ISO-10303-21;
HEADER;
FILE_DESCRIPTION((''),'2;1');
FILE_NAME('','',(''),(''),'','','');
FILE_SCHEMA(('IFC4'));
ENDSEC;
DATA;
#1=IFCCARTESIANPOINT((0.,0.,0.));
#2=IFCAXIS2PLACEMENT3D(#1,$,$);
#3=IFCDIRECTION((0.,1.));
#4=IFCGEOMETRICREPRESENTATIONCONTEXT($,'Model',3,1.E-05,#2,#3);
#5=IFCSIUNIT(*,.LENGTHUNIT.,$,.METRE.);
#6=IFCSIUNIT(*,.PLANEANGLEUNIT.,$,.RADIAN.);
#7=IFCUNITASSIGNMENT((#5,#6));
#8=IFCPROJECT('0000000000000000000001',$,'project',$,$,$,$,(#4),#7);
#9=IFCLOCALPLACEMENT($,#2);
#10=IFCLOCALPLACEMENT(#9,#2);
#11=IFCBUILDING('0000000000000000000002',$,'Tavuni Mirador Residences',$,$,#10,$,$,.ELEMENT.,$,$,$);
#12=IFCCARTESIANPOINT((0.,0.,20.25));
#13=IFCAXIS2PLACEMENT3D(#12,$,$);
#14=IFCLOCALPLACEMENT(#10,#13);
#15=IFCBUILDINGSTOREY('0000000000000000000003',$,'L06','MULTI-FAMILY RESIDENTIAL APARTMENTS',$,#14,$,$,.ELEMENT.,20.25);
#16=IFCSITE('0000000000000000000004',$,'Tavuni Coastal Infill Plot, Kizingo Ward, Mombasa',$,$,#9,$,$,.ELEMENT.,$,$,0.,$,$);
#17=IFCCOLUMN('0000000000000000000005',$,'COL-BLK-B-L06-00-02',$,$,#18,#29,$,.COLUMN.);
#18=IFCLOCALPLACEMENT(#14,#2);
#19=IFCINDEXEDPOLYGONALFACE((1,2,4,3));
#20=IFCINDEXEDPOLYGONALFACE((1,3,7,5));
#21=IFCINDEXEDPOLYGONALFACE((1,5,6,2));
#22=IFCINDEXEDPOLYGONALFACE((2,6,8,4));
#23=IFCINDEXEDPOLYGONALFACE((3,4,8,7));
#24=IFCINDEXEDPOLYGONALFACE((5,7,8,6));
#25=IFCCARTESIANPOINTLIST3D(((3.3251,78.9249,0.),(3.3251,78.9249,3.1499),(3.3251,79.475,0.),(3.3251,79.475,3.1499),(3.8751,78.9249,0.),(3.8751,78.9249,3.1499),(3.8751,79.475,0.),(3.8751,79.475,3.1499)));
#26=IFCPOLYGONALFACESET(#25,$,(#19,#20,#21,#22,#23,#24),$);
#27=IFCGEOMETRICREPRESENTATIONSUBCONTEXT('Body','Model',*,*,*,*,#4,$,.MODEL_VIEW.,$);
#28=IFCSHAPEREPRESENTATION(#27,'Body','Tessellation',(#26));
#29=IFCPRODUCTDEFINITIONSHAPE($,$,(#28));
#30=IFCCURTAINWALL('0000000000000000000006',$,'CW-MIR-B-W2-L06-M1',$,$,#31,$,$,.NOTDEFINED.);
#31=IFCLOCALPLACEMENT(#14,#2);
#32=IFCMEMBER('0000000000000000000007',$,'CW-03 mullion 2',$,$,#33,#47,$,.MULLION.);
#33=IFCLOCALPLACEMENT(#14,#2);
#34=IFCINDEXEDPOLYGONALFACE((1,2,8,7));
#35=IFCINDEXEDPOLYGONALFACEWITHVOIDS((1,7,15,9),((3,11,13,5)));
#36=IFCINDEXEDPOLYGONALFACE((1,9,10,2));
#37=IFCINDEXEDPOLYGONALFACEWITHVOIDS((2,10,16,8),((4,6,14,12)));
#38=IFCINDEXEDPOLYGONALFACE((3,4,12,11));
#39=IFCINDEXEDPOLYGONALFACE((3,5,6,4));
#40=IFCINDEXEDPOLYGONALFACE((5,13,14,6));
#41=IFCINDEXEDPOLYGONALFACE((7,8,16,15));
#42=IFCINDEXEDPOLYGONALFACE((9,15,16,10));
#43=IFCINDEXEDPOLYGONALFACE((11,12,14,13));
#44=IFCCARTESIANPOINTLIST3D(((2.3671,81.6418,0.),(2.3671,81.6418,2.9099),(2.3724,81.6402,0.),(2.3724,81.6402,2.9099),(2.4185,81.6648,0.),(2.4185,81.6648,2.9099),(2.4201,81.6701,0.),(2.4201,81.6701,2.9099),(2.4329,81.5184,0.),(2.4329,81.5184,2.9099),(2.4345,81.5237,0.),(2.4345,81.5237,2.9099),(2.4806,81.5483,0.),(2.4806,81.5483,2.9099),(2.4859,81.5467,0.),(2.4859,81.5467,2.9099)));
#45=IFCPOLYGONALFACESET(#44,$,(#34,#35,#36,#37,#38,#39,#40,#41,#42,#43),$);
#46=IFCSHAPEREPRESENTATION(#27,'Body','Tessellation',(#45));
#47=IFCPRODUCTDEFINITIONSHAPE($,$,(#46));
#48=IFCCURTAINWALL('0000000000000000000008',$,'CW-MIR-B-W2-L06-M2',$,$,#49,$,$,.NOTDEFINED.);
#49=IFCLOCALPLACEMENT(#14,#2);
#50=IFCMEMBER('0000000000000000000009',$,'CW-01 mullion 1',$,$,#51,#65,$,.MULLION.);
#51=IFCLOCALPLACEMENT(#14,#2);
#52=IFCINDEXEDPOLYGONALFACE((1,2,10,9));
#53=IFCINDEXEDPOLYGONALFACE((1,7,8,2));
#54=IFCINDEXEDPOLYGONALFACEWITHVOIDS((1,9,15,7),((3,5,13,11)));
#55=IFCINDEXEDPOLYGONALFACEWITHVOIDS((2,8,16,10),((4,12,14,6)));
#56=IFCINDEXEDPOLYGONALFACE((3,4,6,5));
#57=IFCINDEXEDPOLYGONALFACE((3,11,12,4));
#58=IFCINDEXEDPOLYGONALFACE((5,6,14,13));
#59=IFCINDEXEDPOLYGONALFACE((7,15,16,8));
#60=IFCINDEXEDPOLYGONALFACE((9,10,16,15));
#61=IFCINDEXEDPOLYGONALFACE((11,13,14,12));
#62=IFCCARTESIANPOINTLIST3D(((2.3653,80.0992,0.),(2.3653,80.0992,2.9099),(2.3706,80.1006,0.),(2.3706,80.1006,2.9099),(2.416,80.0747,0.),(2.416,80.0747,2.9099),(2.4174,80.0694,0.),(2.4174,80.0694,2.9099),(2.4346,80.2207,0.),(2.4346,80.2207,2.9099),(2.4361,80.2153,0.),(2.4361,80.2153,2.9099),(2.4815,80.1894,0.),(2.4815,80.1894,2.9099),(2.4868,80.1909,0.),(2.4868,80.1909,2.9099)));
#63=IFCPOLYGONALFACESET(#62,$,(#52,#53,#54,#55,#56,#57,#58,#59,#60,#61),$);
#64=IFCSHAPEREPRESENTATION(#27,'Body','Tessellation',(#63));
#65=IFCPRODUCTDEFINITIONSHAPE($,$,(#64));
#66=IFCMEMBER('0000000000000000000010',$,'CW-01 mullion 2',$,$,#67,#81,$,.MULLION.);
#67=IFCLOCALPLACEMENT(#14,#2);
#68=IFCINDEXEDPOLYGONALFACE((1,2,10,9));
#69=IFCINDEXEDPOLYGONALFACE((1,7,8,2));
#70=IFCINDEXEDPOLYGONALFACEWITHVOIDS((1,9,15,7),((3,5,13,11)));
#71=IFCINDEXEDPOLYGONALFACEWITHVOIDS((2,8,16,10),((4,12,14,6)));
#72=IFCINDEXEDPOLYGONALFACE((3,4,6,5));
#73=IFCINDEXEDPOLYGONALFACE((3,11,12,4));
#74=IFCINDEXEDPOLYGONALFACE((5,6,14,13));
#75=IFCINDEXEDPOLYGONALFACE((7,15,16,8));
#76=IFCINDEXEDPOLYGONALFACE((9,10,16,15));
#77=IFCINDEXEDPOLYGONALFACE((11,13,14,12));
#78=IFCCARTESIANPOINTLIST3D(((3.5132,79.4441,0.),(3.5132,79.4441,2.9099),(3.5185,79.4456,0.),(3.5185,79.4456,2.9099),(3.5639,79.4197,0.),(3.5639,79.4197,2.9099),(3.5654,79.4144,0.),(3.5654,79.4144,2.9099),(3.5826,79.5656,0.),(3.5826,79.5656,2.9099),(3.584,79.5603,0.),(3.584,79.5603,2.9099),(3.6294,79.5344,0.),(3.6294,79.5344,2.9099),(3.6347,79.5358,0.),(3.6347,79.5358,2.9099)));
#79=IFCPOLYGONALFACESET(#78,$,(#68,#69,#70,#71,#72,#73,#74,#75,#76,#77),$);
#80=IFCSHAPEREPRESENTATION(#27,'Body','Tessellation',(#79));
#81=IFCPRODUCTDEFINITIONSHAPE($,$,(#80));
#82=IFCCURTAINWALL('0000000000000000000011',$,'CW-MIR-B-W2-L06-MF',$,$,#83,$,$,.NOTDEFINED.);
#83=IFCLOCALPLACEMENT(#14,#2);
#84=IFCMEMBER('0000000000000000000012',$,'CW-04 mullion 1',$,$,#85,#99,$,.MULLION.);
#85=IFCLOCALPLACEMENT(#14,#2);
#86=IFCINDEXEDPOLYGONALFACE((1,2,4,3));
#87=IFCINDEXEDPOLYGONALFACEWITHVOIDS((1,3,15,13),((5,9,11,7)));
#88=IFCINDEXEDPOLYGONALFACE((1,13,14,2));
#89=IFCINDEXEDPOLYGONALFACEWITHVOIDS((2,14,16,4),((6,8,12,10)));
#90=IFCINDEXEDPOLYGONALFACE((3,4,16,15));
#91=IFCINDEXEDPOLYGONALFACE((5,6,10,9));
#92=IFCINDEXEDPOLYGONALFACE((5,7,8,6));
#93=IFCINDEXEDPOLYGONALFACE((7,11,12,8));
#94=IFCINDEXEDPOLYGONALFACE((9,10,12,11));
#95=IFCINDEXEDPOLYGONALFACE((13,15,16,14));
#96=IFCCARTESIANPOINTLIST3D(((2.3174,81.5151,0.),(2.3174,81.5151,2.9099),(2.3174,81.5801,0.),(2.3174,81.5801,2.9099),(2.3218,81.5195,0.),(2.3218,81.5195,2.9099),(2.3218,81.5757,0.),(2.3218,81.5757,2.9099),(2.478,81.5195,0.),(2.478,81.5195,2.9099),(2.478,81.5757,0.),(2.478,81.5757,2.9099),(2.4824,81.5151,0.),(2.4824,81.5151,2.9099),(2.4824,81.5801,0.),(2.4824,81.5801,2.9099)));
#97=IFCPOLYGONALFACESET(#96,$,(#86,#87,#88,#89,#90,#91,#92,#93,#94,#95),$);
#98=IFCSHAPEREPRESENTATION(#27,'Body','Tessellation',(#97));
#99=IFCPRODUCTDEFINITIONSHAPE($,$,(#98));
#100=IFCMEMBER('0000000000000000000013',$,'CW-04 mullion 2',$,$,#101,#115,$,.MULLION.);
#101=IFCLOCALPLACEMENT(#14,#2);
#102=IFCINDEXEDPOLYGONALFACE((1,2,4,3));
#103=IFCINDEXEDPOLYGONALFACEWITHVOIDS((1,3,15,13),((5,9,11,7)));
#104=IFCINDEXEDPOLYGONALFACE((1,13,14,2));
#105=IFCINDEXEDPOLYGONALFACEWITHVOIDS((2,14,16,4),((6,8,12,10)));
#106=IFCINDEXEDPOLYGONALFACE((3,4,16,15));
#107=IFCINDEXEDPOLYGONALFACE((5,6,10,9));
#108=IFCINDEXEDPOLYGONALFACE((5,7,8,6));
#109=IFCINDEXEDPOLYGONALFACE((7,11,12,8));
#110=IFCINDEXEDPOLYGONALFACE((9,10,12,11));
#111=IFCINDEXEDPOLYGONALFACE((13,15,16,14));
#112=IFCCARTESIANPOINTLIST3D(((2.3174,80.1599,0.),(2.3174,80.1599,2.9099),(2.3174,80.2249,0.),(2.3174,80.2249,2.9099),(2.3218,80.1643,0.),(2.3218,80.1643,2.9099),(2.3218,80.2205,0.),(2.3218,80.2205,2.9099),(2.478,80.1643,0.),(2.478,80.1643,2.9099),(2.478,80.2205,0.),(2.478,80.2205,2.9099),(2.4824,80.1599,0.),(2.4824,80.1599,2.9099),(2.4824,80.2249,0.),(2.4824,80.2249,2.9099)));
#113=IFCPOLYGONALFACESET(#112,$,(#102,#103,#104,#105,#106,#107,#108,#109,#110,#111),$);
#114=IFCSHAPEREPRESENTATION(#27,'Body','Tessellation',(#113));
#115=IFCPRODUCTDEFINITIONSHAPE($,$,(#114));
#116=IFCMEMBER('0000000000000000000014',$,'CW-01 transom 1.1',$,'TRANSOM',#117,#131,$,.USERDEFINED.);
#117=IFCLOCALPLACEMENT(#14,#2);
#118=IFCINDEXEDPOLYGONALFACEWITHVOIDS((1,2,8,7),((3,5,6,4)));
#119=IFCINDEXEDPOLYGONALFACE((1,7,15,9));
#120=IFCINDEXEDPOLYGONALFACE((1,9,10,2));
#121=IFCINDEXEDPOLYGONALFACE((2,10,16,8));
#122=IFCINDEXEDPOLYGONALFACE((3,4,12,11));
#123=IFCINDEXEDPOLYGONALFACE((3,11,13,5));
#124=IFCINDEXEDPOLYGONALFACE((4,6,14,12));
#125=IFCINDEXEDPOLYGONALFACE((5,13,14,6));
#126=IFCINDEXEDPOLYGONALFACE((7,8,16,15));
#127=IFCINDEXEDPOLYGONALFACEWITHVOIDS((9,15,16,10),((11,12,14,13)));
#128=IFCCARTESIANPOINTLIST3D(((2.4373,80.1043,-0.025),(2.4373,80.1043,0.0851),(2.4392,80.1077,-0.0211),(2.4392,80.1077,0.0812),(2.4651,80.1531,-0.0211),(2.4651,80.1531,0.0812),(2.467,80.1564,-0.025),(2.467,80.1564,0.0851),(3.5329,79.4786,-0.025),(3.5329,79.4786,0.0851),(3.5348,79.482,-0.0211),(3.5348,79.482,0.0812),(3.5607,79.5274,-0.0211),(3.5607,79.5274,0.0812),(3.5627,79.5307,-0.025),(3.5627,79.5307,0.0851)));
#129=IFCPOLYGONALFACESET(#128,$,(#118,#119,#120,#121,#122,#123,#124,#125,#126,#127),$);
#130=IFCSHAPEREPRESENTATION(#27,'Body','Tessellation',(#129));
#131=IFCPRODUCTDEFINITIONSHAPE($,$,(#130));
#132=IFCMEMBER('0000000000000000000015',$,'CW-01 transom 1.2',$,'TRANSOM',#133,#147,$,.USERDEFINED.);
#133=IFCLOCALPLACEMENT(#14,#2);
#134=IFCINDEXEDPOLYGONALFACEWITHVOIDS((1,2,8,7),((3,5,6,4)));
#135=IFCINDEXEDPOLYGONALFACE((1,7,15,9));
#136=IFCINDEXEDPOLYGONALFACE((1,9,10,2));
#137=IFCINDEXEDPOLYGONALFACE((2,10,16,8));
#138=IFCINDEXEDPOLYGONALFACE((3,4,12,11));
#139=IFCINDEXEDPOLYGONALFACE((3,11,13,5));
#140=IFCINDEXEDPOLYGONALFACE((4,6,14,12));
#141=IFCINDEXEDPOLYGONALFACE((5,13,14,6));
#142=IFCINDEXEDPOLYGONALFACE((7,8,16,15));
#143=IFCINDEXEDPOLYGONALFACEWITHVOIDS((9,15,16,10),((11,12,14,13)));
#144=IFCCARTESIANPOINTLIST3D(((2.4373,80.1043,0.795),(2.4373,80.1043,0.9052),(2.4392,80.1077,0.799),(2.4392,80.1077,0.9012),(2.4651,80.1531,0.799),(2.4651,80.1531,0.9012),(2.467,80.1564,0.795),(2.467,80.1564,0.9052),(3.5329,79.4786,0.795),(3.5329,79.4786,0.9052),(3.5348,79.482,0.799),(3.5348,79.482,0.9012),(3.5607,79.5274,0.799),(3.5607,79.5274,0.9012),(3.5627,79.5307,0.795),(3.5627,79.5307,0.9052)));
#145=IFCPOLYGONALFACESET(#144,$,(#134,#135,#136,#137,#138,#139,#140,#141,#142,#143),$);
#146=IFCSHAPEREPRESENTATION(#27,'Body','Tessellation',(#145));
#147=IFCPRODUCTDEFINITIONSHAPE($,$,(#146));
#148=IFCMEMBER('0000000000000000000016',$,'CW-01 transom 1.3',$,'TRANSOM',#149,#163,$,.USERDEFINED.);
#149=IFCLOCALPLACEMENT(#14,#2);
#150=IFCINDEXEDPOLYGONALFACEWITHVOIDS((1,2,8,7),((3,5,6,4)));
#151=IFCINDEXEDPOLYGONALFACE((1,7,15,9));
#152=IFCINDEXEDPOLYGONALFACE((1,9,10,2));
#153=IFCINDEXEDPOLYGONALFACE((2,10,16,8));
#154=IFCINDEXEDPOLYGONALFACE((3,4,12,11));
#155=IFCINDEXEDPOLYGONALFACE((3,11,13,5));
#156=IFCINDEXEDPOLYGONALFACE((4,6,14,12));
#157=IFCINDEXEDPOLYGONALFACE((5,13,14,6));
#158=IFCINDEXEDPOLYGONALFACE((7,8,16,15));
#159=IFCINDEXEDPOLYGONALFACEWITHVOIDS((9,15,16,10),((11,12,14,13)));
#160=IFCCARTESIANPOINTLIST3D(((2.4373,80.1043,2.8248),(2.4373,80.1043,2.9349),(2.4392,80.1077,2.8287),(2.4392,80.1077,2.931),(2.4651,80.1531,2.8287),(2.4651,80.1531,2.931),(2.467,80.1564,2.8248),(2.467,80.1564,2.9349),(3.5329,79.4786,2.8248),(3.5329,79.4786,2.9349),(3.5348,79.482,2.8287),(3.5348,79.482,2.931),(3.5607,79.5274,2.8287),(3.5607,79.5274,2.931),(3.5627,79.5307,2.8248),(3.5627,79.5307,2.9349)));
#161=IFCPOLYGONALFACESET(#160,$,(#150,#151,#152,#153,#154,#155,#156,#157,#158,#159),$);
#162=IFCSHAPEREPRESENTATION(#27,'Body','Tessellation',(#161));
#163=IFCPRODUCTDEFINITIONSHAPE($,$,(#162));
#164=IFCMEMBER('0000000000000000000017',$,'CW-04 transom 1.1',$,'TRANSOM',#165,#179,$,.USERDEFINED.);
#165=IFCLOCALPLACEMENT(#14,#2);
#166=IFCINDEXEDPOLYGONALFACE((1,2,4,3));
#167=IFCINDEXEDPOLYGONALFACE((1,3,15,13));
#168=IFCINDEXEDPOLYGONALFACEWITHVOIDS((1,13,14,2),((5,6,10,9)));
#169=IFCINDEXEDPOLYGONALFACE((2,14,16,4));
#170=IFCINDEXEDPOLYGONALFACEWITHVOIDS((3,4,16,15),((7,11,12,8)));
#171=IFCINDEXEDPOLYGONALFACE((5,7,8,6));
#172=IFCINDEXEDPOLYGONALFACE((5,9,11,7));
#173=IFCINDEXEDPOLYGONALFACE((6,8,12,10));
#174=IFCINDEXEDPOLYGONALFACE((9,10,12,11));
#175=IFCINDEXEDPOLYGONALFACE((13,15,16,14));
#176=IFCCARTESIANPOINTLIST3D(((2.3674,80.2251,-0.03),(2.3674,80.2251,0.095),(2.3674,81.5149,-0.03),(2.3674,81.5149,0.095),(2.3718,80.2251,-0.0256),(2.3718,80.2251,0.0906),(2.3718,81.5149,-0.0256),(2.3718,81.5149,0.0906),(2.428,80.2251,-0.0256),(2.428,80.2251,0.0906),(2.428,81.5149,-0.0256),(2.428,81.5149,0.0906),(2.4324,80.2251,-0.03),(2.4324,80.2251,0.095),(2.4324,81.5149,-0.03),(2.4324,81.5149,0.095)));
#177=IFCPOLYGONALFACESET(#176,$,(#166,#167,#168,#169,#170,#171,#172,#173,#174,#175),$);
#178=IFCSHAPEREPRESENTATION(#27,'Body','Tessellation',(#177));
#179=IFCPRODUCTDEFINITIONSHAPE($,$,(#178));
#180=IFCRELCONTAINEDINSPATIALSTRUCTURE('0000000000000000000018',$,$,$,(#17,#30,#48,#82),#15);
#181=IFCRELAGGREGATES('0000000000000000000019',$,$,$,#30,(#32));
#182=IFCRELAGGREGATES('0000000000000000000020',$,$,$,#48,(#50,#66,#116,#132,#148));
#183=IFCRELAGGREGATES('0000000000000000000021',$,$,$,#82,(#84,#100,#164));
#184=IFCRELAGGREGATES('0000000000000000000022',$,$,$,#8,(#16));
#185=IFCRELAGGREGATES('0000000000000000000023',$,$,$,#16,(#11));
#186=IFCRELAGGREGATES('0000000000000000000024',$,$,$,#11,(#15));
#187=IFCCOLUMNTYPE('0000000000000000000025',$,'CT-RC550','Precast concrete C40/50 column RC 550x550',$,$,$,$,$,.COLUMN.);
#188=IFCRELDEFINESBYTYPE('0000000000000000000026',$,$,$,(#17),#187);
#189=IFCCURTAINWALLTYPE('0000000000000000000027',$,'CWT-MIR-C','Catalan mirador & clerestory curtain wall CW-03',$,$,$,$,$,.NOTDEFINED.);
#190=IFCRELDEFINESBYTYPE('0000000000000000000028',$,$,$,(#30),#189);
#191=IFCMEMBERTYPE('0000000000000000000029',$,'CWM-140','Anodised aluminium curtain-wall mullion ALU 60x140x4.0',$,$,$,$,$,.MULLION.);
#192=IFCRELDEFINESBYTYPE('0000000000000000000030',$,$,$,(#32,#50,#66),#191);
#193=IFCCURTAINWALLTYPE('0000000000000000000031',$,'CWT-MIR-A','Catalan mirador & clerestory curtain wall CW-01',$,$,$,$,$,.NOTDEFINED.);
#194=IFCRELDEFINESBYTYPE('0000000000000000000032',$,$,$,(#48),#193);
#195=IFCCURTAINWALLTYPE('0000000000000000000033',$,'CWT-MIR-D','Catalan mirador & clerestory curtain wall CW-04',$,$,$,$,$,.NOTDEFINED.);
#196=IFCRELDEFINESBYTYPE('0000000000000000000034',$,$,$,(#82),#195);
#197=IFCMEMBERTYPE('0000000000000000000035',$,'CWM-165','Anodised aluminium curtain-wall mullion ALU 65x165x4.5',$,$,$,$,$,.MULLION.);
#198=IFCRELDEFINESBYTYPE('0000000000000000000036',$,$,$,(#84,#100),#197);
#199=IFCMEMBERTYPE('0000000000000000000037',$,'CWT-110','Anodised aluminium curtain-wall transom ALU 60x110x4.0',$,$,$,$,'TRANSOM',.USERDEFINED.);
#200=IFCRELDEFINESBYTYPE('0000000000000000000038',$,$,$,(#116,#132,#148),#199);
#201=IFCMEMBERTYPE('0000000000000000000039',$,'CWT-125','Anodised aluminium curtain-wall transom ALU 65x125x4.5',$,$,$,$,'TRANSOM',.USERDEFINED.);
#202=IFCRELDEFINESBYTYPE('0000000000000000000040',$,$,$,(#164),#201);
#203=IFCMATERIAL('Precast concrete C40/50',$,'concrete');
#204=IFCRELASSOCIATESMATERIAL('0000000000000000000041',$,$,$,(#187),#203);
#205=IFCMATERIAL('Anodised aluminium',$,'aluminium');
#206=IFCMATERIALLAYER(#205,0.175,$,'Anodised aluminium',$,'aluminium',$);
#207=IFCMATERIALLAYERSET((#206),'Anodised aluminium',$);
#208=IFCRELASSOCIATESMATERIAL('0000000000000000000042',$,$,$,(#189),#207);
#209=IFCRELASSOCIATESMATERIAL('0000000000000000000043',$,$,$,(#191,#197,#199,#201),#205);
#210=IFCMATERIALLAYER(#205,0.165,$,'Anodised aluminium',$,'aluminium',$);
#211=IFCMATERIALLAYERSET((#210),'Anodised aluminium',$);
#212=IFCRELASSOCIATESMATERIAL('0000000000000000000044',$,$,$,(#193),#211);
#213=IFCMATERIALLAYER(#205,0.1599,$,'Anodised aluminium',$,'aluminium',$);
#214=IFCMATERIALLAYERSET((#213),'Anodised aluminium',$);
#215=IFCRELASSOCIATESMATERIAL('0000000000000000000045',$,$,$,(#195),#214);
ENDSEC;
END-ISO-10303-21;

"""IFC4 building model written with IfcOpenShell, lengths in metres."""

from ifc_helpers import new_model, si_unit, direction, frame, origin, origin_2d, place, context, subcontext, project, spatial, rectangle, hollow_rectangle, extrude, material, layer, layer_set, material_profile, profile_set, type_object, element, aggregate, save


model = new_model("IFC4")

# Units and contexts
model_context = context("Model", 3, precision=1e-05, world=origin(), true_north=direction((0.0, 1.0)))
body_context = subcontext(model_context, "Body", "Model", "MODEL_VIEW")
ifc_project = project(units=[si_unit("LENGTHUNIT", "METRE"), si_unit("PLANEANGLEUNIT", "RADIAN")], contexts=[model_context])

# Site, building, storey
site_placement = place(None, origin())
site = spatial("IfcSite", under=ifc_project, at=site_placement, Name="Tavuni Coastal Infill Plot, Kizingo Ward, Mombasa", CompositionType="ELEMENT", RefElevation=0.0)
building_placement = place(site_placement, origin())
building = spatial("IfcBuilding", under=site, at=building_placement, Name="Tavuni Mirador Residences", CompositionType="ELEMENT")
storey_placement = place(building_placement, frame((0.0, 0.0, 20.25)))
storey = spatial("IfcBuildingStorey", under=building, at=storey_placement, Name="L06", Description="MULTI-FAMILY RESIDENTIAL APARTMENTS", CompositionType="ELEMENT", Elevation=20.25)

# Column
ifc_material_1 = material(Name="Precast concrete C40/50", Category="concrete")
ifc_material_profile_1 = material_profile(ifc_material_1, rectangle(XDim=0.55, YDim=0.55, at=origin_2d()), Name="RC 550x550", Category="concrete")
ifc_profile_set_1 = profile_set([ifc_material_profile_1], Name="Precast concrete C40/50")
column_type = type_object("IfcColumnType", Name="CT-RC550", Description="Precast concrete C40/50 column RC 550x550", PredefinedType="COLUMN", material=ifc_profile_set_1)
column_placement = place(storey_placement, frame((3.6001, 79.2, 0.0), z_axis=(0.0, 0.0, 1.0), x_axis=(1.0, 0.0, 0.0)))
element("IfcColumn", 1, at=column_placement, inside=storey, type_object=column_type, Name="COL-BLK-B-L06-00-02", PredefinedType="COLUMN", context=body_context, shape_type="SweptSolid", body=[
    extrude(rectangle(XDim=0.55, YDim=0.55, at=origin_2d()), origin(), (0.0, 0.0, 1.0), 3.1499),
])

# Curtain wall, member
ifc_material_2 = material(Name="Anodised aluminium", Category="aluminium")
ifc_layer_1 = layer(ifc_material_2, 0.175, Name="Anodised aluminium", Category="aluminium")
ifc_layer_set_1 = layer_set([ifc_layer_1], Name="Anodised aluminium")
curtain_wall_type_1 = type_object("IfcCurtainWallType", Name="CWT-MIR-C", Description="Catalan mirador & clerestory curtain wall CW-03", PredefinedType="NOTDEFINED", material=ifc_layer_set_1)
curtain_wall_1_placement = place(storey_placement, origin())
curtain_wall_1 = element("IfcCurtainWall", 2, at=curtain_wall_1_placement, inside=storey, type_object=curtain_wall_type_1, Name="CW-MIR-B-W2-L06-M1", PredefinedType="NOTDEFINED")
ifc_material_profile_2 = material_profile(ifc_material_2, hollow_rectangle(XDim=0.0601, YDim=0.1399, WallThickness=0.0039, at=origin_2d()), Name="ALU 60x140x4.0", Category="aluminium")
ifc_profile_set_2 = profile_set([ifc_material_profile_2], Name="Anodised aluminium")
member_type_1 = type_object("IfcMemberType", Name="CWM-140", Description="Anodised aluminium curtain-wall mullion ALU 60x140x4.0", PredefinedType="MULLION", material=ifc_profile_set_2)
member_1_placement = place(storey_placement, frame((2.4265, 81.5942, 0.0), z_axis=(0.0, 0.0, 1.0), x_axis=(-0.882353, -0.470588, 0.0)))
member_1 = element("IfcMember", 3, at=member_1_placement, type_object=member_type_1, Name="CW-03 mullion 2", PredefinedType="MULLION", context=body_context, shape_type="SweptSolid", body=[
    extrude(hollow_rectangle(XDim=0.0601, YDim=0.1399, WallThickness=0.0039, at=origin_2d()), origin(), (0.0, 0.0, 1.0), 2.9099),
])

# Curtain walls, members
ifc_layer_2 = layer(ifc_material_2, 0.165, Name="Anodised aluminium", Category="aluminium")
ifc_layer_set_2 = layer_set([ifc_layer_2], Name="Anodised aluminium")
curtain_wall_type_2 = type_object("IfcCurtainWallType", Name="CWT-MIR-A", Description="Catalan mirador & clerestory curtain wall CW-01", PredefinedType="NOTDEFINED", material=ifc_layer_set_2)
curtain_wall_2_placement = place(storey_placement, origin())
curtain_wall_2 = element("IfcCurtainWall", 4, at=curtain_wall_2_placement, inside=storey, type_object=curtain_wall_type_2, Name="CW-MIR-B-W2-L06-M2", PredefinedType="NOTDEFINED")
member_2_placement = place(storey_placement, frame((2.426, 80.145, 0.0), z_axis=(0.0, 0.0, 1.0), x_axis=(0.868466, -0.495749, 0.0)))
member_2 = element("IfcMember", 5, at=member_2_placement, type_object=member_type_1, Name="CW-01 mullion 1", PredefinedType="MULLION", context=body_context, shape_type="SweptSolid", body=[
    extrude(hollow_rectangle(XDim=0.0601, YDim=0.1399, WallThickness=0.0039, at=origin_2d()), origin(), (0.0, 0.0, 1.0), 2.9099),
])
member_3_placement = place(storey_placement, frame((3.574, 79.49, 0.0), z_axis=(0.0, 0.0, 1.0), x_axis=(0.868466, -0.495749, 0.0)))
member_3 = element("IfcMember", 6, at=member_3_placement, type_object=member_type_1, Name="CW-01 mullion 2", PredefinedType="MULLION", context=body_context, shape_type="SweptSolid", body=[
    extrude(hollow_rectangle(XDim=0.0601, YDim=0.1399, WallThickness=0.0039, at=origin_2d()), origin(), (0.0, 0.0, 1.0), 2.9099),
])
ifc_layer_3 = layer(ifc_material_2, 0.1599, Name="Anodised aluminium", Category="aluminium")
ifc_layer_set_3 = layer_set([ifc_layer_3], Name="Anodised aluminium")
curtain_wall_type_3 = type_object("IfcCurtainWallType", Name="CWT-MIR-D", Description="Catalan mirador & clerestory curtain wall CW-04", PredefinedType="NOTDEFINED", material=ifc_layer_set_3)
curtain_wall_3_placement = place(storey_placement, origin())
curtain_wall_3 = element("IfcCurtainWall", 7, at=curtain_wall_3_placement, inside=storey, type_object=curtain_wall_type_3, Name="CW-MIR-B-W2-L06-MF", PredefinedType="NOTDEFINED")
ifc_material_profile_3 = material_profile(ifc_material_2, hollow_rectangle(XDim=0.0649, YDim=0.165, WallThickness=0.0044, at=origin_2d()), Name="ALU 65x165x4.5", Category="aluminium")
ifc_profile_set_3 = profile_set([ifc_material_profile_3], Name="Anodised aluminium")
member_type_2 = type_object("IfcMemberType", Name="CWM-165", Description="Anodised aluminium curtain-wall mullion ALU 65x165x4.5", PredefinedType="MULLION", material=ifc_profile_set_3)
member_4_placement = place(storey_placement, frame((2.3999, 81.5476, 0.0), z_axis=(0.0, 0.0, 1.0), x_axis=(0.0, -1.0, 0.0)))
member_4 = element("IfcMember", 8, at=member_4_placement, type_object=member_type_2, Name="CW-04 mullion 1", PredefinedType="MULLION", context=body_context, shape_type="SweptSolid", body=[
    extrude(hollow_rectangle(XDim=0.0649, YDim=0.165, WallThickness=0.0044, at=origin_2d()), origin(), (0.0, 0.0, 1.0), 2.9099),
])
member_5_placement = place(storey_placement, frame((2.3999, 80.1924, 0.0), z_axis=(0.0, 0.0, 1.0), x_axis=(0.0, -1.0, 0.0)))
member_5 = element("IfcMember", 9, at=member_5_placement, type_object=member_type_2, Name="CW-04 mullion 2", PredefinedType="MULLION", context=body_context, shape_type="SweptSolid", body=[
    extrude(hollow_rectangle(XDim=0.0649, YDim=0.165, WallThickness=0.0044, at=origin_2d()), origin(), (0.0, 0.0, 1.0), 2.9099),
])

# Members
ifc_material_profile_4 = material_profile(ifc_material_2, hollow_rectangle(XDim=0.0601, YDim=0.1101, WallThickness=0.0039, at=origin_2d()), Name="ALU 60x110x4.0", Category="aluminium")
ifc_profile_set_4 = profile_set([ifc_material_profile_4], Name="Anodised aluminium")
member_type_3 = type_object("IfcMemberType", Name="CWT-110", Description="Anodised aluminium curtain-wall transom ALU 60x110x4.0", ElementType="TRANSOM", PredefinedType="USERDEFINED", material=ifc_profile_set_4)
member_6_placement = place(storey_placement, frame((2.4521, 80.1304, 0.03), z_axis=(0.868374, -0.49591, 0.0), x_axis=(0.49591, 0.868374, 0.0)))
member_6 = element("IfcMember", 10, at=member_6_placement, type_object=member_type_3, Name="CW-01 transom 1.1", ObjectType="TRANSOM", PredefinedType="USERDEFINED", context=body_context, shape_type="SweptSolid", body=[
    extrude(hollow_rectangle(XDim=0.0601, YDim=0.1101, WallThickness=0.0039, at=origin_2d()), origin(), (0.0, 0.0, 1.0), 1.2617),
])
member_7_placement = place(storey_placement, frame((2.4521, 80.1304, 0.8501), z_axis=(0.868374, -0.49591, 0.0), x_axis=(0.49591, 0.868374, 0.0)))
member_7 = element("IfcMember", 11, at=member_7_placement, type_object=member_type_3, Name="CW-01 transom 1.2", ObjectType="TRANSOM", PredefinedType="USERDEFINED", context=body_context, shape_type="SweptSolid", body=[
    extrude(hollow_rectangle(XDim=0.0601, YDim=0.1101, WallThickness=0.0039, at=origin_2d()), origin(), (0.0, 0.0, 1.0), 1.2617),
])
member_8_placement = place(storey_placement, frame((2.4521, 80.1304, 2.8799), z_axis=(0.868374, -0.49591, 0.0), x_axis=(0.49591, 0.868374, 0.0)))
member_8 = element("IfcMember", 12, at=member_8_placement, type_object=member_type_3, Name="CW-01 transom 1.3", ObjectType="TRANSOM", PredefinedType="USERDEFINED", context=body_context, shape_type="SweptSolid", body=[
    extrude(hollow_rectangle(XDim=0.0601, YDim=0.1101, WallThickness=0.0039, at=origin_2d()), origin(), (0.0, 0.0, 1.0), 1.2617),
])
ifc_material_profile_5 = material_profile(ifc_material_2, hollow_rectangle(XDim=0.0649, YDim=0.125, WallThickness=0.0044, at=origin_2d()), Name="ALU 65x125x4.5", Category="aluminium")
ifc_profile_set_5 = profile_set([ifc_material_profile_5], Name="Anodised aluminium")
member_type_4 = type_object("IfcMemberType", Name="CWT-125", Description="Anodised aluminium curtain-wall transom ALU 65x125x4.5", ElementType="TRANSOM", PredefinedType="USERDEFINED", material=ifc_profile_set_5)
member_9_placement = place(storey_placement, frame((2.3999, 81.5149, 0.0325), z_axis=(0.0, -1.0, 0.0), x_axis=(1.0, 0.0, 0.0)))
member_9 = element("IfcMember", 13, at=member_9_placement, type_object=member_type_4, Name="CW-04 transom 1.1", ObjectType="TRANSOM", PredefinedType="USERDEFINED", context=body_context, shape_type="SweptSolid", body=[
    extrude(hollow_rectangle(XDim=0.0649, YDim=0.125, WallThickness=0.0044, at=origin_2d()), origin(), (0.0, 0.0, 1.0), 1.2898),
])

aggregate(curtain_wall_1, [member_1])
aggregate(curtain_wall_2, [member_2, member_3, member_6, member_7, member_8])
aggregate(curtain_wall_3, [member_4, member_5, member_9])

save(model, "model.ifc")
